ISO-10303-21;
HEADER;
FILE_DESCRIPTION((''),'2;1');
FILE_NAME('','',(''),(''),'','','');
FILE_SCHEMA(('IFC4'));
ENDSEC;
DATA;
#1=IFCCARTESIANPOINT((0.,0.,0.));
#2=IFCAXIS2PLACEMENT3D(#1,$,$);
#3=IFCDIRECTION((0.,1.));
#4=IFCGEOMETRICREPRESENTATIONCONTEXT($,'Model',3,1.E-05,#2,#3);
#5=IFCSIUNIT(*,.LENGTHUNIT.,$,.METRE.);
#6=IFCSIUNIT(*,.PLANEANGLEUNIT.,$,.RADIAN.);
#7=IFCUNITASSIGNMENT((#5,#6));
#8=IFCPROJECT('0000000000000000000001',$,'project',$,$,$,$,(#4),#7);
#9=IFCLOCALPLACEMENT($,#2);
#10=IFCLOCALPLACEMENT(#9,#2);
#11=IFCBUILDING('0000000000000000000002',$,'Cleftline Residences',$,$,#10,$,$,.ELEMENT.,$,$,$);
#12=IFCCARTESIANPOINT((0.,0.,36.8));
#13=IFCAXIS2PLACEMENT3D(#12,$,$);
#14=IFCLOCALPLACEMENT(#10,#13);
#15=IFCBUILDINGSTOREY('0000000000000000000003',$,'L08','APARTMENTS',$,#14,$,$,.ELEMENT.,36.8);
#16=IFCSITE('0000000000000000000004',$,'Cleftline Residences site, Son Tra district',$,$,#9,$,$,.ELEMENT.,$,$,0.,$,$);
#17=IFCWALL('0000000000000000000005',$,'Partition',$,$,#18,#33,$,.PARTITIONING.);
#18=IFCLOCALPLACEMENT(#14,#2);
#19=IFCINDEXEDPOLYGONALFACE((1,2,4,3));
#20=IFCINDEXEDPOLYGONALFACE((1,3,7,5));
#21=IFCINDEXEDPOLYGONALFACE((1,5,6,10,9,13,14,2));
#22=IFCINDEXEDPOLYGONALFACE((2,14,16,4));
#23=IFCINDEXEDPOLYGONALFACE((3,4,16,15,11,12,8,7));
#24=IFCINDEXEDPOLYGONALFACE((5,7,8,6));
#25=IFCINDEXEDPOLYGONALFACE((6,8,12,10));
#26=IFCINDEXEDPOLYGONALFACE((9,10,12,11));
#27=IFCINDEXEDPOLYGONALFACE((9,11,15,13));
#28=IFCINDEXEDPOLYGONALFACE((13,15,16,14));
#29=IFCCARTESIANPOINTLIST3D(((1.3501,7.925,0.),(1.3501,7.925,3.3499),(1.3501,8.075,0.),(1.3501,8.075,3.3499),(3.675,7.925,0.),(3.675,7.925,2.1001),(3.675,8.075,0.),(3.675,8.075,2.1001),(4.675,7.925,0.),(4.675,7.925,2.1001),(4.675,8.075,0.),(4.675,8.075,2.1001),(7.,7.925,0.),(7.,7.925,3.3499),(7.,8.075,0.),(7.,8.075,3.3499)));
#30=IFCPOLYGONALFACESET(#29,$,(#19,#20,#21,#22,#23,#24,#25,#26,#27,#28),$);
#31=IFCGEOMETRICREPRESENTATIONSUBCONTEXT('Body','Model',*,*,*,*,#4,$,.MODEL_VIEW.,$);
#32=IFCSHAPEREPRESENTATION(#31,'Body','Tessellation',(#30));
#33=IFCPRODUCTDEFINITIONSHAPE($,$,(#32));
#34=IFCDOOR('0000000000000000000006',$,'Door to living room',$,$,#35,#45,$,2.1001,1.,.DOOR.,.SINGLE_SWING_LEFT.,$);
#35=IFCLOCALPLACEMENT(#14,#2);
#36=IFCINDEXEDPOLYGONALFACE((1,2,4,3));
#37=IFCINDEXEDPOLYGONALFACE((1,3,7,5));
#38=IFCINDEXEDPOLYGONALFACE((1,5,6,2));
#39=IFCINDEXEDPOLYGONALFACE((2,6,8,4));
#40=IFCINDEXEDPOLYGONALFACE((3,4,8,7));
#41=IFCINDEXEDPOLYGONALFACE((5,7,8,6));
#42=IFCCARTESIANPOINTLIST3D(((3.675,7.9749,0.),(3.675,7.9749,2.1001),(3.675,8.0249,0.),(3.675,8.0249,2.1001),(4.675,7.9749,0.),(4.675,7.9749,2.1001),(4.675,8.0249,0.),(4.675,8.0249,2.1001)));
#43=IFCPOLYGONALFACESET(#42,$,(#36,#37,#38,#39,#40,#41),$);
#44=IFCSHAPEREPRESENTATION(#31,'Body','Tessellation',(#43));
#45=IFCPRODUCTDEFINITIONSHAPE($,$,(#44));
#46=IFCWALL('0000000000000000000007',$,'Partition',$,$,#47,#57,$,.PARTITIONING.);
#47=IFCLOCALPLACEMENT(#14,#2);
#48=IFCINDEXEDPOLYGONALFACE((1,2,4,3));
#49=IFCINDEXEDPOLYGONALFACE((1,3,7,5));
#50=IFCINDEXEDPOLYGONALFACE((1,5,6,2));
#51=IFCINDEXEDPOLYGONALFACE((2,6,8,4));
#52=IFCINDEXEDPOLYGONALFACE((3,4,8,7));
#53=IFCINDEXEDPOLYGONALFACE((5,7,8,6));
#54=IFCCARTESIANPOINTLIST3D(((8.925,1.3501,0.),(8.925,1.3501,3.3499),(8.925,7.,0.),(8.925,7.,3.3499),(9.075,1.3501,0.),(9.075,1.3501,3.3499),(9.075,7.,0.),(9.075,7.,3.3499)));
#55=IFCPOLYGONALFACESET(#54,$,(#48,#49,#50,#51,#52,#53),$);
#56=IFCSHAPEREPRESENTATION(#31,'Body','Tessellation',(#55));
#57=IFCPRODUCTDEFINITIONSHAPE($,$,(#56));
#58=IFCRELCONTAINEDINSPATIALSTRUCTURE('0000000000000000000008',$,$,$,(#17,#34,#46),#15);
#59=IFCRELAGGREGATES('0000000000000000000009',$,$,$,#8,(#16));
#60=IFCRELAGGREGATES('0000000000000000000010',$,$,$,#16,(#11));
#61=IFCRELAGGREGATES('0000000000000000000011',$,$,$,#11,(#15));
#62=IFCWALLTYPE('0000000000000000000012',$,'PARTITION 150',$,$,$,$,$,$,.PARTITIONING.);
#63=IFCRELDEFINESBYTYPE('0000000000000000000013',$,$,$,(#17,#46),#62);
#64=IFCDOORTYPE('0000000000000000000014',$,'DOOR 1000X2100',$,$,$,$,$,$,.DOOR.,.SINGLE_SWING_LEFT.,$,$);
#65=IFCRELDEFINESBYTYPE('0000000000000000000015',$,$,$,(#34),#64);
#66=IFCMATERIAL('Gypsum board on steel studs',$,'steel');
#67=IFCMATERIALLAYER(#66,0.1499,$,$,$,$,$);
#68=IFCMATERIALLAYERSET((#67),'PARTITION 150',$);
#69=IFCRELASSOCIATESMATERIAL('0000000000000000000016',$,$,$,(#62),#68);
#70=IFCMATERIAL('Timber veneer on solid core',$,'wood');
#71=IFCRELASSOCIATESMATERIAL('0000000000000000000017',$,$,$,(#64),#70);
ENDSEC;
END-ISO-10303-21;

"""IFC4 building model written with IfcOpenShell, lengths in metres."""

from ifc_helpers import new_model, si_unit, direction, frame, frame_2d, origin, place, context, subcontext, project, spatial, rectangle, extrude, material, layer, layer_set, type_object, element, fill, save


model = new_model("IFC4")

# Units and contexts
model_context = context("Model", 3, precision=1e-05, world=origin(), true_north=direction((0.0, 1.0)))
body_context = subcontext(model_context, "Body", "Model", "MODEL_VIEW")
ifc_project = project(units=[si_unit("LENGTHUNIT", "METRE"), si_unit("PLANEANGLEUNIT", "RADIAN")], contexts=[model_context])

# Site, building, storey
site_placement = place(None, origin())
site = spatial("IfcSite", under=ifc_project, at=site_placement, Name="Cleftline Residences site, Son Tra district", CompositionType="ELEMENT", RefElevation=0.0)
building_placement = place(site_placement, origin())
building = spatial("IfcBuilding", under=site, at=building_placement, Name="Cleftline Residences", CompositionType="ELEMENT")
storey_placement = place(building_placement, frame((0.0, 0.0, 36.8)))
storey = spatial("IfcBuildingStorey", under=building, at=storey_placement, Name="L08", Description="APARTMENTS", CompositionType="ELEMENT", Elevation=36.8)

# Wall, opening, door
ifc_material_1 = material(Name="Gypsum board on steel studs", Category="steel")
ifc_layer_1 = layer(ifc_material_1, 0.1499)
ifc_layer_set_1 = layer_set([ifc_layer_1], Name="PARTITION 150")
wall_type_1 = type_object("IfcWallType", Name="PARTITION 150", PredefinedType="PARTITIONING", material=ifc_layer_set_1)
wall_1_placement = place(storey_placement, frame((1.3501, 8.0, 0.0), z_axis=(0.0, 0.0, 1.0), x_axis=(1.0, 0.0, 0.0)))
wall_1 = element("IfcWall", 1, at=wall_1_placement, inside=storey, type_object=wall_type_1, Name="Partition", PredefinedType="PARTITIONING", context=body_context, shape_type="SweptSolid", body=[
    extrude(rectangle(XDim=5.6499, YDim=0.1499, at=frame_2d((2.825, 0.0))), origin(), (0.0, 0.0, 1.0), 3.3499),
])
opening_1_placement = place(wall_1_placement, frame((2.325, 0.0, 0.0)))
opening_1 = element("IfcOpeningElement", 2, at=opening_1_placement, cuts=wall_1, PredefinedType="OPENING", context=body_context, shape_type="SweptSolid", body=[
    extrude(rectangle(XDim=1.0, YDim=2.1001, at=frame_2d((0.5, 1.05))), frame((0.0, 0.085, 0.0), z_axis=(0.0, -1.0, 0.0), x_axis=(1.0, 0.0, 0.0)), (0.0, 0.0, 1.0), 0.1699),
])
ifc_material_2 = material(Name="Timber veneer on solid core", Category="wood")
door_type = type_object("IfcDoorType", Name="DOOR 1000X2100", OperationType="SINGLE_SWING_LEFT", PredefinedType="DOOR", material=ifc_material_2)
door_placement = place(opening_1_placement, origin())
door = element("IfcDoor", 3, at=door_placement, inside=storey, type_object=door_type, Name="Door to living room", OperationType="SINGLE_SWING_LEFT", OverallHeight=2.1001, OverallWidth=1.0, PredefinedType="DOOR", context=body_context, shape_type="SweptSolid", body=[
    extrude(rectangle(XDim=1.0, YDim=2.1001, at=frame_2d((0.5, 1.05))), frame((0.0, 0.0249, 0.0), z_axis=(0.0, -1.0, 0.0), x_axis=(1.0, 0.0, 0.0)), (0.0, 0.0, 1.0), 0.05),
])
fill(opening_1, door)

# Wall
wall_2_placement = place(storey_placement, frame((9.0, 1.3501, 0.0), z_axis=(0.0, 0.0, 1.0), x_axis=(0.0, 1.0, 0.0)))
element("IfcWall", 4, at=wall_2_placement, inside=storey, type_object=wall_type_1, Name="Partition", PredefinedType="PARTITIONING", context=body_context, shape_type="SweptSolid", body=[
    extrude(rectangle(XDim=5.6499, YDim=0.1499, at=frame_2d((2.825, 0.0))), origin(), (0.0, 0.0, 1.0), 3.3499),
])

save(model, "model.ifc")
